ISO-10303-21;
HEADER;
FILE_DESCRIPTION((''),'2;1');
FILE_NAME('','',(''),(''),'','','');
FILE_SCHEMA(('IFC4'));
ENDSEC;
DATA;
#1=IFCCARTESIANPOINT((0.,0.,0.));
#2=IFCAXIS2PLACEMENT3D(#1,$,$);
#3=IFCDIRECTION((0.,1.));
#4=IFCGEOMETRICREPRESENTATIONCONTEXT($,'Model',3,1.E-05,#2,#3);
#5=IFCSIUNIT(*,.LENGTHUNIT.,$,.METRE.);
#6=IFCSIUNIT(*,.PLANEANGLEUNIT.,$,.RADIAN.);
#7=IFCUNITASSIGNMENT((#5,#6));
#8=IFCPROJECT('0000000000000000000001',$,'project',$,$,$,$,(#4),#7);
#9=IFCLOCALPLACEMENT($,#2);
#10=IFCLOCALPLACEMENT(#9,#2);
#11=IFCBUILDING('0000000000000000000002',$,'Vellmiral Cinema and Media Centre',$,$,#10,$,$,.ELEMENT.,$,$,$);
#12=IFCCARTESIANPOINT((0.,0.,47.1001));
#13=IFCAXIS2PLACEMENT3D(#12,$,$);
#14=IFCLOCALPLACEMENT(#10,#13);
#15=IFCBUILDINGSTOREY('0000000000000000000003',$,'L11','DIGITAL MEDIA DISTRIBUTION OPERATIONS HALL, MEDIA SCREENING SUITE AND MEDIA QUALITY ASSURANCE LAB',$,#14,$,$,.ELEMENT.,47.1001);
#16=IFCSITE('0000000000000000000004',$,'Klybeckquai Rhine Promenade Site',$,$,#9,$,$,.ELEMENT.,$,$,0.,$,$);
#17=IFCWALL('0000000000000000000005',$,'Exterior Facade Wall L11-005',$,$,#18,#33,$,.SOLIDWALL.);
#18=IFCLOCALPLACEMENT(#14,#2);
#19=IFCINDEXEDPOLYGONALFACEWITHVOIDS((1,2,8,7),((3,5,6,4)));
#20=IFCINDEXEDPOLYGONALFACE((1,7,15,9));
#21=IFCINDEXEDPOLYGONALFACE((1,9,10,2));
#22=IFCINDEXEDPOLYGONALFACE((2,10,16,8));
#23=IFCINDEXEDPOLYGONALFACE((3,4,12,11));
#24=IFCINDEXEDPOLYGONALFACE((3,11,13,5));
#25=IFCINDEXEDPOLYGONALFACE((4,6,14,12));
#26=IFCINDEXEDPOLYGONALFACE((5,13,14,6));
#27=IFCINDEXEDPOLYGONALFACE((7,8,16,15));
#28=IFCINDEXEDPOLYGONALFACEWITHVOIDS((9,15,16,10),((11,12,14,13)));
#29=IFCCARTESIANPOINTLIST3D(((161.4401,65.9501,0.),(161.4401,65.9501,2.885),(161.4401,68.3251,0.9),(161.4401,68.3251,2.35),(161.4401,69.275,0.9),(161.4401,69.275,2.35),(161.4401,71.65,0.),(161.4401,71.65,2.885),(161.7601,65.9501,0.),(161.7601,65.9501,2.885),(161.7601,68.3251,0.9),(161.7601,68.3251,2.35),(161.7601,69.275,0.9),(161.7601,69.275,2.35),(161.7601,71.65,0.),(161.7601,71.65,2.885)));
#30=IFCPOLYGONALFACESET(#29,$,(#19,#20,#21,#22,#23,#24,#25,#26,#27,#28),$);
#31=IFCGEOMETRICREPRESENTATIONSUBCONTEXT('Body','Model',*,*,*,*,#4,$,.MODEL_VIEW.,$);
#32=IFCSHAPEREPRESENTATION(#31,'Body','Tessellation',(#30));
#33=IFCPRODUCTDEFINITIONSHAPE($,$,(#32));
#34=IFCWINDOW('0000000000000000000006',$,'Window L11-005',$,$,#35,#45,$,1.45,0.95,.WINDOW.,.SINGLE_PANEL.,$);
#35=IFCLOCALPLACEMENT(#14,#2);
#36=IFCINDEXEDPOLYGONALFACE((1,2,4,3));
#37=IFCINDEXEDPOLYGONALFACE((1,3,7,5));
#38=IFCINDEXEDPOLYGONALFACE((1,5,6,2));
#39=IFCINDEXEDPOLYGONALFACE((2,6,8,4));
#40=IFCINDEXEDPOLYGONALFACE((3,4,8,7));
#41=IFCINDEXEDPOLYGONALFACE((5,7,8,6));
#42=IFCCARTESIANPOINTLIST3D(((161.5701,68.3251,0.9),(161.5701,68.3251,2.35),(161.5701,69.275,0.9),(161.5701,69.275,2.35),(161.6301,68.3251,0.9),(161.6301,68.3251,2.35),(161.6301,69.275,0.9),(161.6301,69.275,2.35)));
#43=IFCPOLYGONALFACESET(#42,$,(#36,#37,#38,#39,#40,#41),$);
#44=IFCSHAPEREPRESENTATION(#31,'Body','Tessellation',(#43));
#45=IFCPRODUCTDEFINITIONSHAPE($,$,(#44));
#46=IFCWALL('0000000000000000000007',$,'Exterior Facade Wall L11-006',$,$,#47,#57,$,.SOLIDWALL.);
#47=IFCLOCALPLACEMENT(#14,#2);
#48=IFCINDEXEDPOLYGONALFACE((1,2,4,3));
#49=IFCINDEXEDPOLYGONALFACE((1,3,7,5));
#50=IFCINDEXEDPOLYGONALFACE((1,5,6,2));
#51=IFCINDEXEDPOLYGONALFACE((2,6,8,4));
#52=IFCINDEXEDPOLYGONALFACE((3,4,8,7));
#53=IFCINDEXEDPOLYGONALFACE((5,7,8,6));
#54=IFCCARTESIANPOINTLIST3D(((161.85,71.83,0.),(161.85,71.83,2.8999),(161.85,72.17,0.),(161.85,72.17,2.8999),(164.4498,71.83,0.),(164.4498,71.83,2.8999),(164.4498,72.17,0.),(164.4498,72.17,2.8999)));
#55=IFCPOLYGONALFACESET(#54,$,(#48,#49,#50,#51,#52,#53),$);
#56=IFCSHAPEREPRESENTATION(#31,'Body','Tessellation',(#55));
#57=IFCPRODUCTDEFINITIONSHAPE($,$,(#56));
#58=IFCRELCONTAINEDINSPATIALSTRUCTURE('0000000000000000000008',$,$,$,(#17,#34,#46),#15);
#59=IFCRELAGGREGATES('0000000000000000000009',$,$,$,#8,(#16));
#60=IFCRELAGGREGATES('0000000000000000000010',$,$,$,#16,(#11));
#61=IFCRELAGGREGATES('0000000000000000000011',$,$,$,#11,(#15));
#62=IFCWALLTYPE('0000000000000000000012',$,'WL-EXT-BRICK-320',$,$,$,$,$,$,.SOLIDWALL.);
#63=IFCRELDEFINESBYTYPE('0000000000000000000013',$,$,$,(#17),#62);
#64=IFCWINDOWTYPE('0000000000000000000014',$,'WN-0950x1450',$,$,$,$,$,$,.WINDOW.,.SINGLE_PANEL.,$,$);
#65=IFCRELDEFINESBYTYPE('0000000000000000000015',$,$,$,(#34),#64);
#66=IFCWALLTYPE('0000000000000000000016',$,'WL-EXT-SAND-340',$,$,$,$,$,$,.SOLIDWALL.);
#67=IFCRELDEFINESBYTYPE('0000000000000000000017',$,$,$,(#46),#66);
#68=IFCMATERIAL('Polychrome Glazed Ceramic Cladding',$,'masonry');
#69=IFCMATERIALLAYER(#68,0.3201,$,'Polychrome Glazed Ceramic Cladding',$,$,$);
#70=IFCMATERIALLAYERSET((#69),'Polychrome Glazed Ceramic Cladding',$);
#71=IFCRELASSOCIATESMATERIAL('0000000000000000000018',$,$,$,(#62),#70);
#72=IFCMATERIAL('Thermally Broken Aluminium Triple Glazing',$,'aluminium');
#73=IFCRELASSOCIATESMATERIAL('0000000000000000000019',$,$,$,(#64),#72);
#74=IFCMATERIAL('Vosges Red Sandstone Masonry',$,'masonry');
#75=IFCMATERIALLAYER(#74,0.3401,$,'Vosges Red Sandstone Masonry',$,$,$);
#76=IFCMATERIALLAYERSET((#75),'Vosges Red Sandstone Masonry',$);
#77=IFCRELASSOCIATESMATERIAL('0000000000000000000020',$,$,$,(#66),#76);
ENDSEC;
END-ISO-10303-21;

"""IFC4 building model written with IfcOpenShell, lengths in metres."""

from ifc_helpers import new_model, si_unit, direction, frame, frame_2d, origin, place, context, subcontext, project, spatial, rectangle, extrude, material, layer, layer_set, type_object, element, fill, save


model = new_model("IFC4")

# Units and contexts
model_context = context("Model", 3, precision=1e-05, world=origin(), true_north=direction((0.0, 1.0)))
body_context = subcontext(model_context, "Body", "Model", "MODEL_VIEW")
ifc_project = project(units=[si_unit("LENGTHUNIT", "METRE"), si_unit("PLANEANGLEUNIT", "RADIAN")], contexts=[model_context])

# Site, building, storey
site_placement = place(None, origin())
site = spatial("IfcSite", under=ifc_project, at=site_placement, Name="Klybeckquai Rhine Promenade Site", CompositionType="ELEMENT", RefElevation=0.0)
building_placement = place(site_placement, origin())
building = spatial("IfcBuilding", under=site, at=building_placement, Name="Vellmiral Cinema and Media Centre", CompositionType="ELEMENT")
storey_placement = place(building_placement, frame((0.0, 0.0, 47.1001)))
storey = spatial("IfcBuildingStorey", under=building, at=storey_placement, Name="L11", Description="DIGITAL MEDIA DISTRIBUTION OPERATIONS HALL, MEDIA SCREENING SUITE AND MEDIA QUALITY ASSURANCE LAB", CompositionType="ELEMENT", Elevation=47.1001)

# Wall, opening, window
ifc_material_1 = material(Name="Polychrome Glazed Ceramic Cladding", Category="masonry")
ifc_layer_1 = layer(ifc_material_1, 0.3201, Name="Polychrome Glazed Ceramic Cladding")
ifc_layer_set_1 = layer_set([ifc_layer_1], Name="Polychrome Glazed Ceramic Cladding")
wall_type_1 = type_object("IfcWallType", Name="WL-EXT-BRICK-320", PredefinedType="SOLIDWALL", material=ifc_layer_set_1)
wall_1_placement = place(storey_placement, frame((161.6001, 65.95, 0.0), z_axis=(0.0, 0.0, 1.0), x_axis=(0.0, 1.0, 0.0)))
wall_1 = element("IfcWall", 1, at=wall_1_placement, inside=storey, type_object=wall_type_1, Name="Exterior Facade Wall L11-005", PredefinedType="SOLIDWALL", context=body_context, shape_type="SweptSolid", body=[
    extrude(rectangle(XDim=5.7, YDim=0.3201, at=frame_2d((2.8501, 0.0))), origin(), (0.0, 0.0, 1.0), 2.885),
])
opening_placement = place(wall_1_placement, frame((2.375, 0.0, 0.8999)))
opening = element("IfcOpeningElement", 2, at=opening_placement, cuts=wall_1, PredefinedType="OPENING", context=body_context, shape_type="SweptSolid", body=[
    extrude(rectangle(XDim=0.95, YDim=1.45, at=frame_2d((0.4751, 0.7251))), frame((0.0, 0.1719, 0.0), z_axis=(0.0, -1.0, 0.0), x_axis=(1.0, 0.0, 0.0)), (0.0, 0.0, 1.0), 0.344),
])
ifc_material_2 = material(Name="Thermally Broken Aluminium Triple Glazing", Category="aluminium")
window_type = type_object("IfcWindowType", Name="WN-0950x1450", PartitioningType="SINGLE_PANEL", PredefinedType="WINDOW", material=ifc_material_2)
window_placement = place(opening_placement, origin())
window = element("IfcWindow", 3, at=window_placement, inside=storey, type_object=window_type, Name="Window L11-005", OverallHeight=1.45, OverallWidth=0.95, PartitioningType="SINGLE_PANEL", PredefinedType="WINDOW", context=body_context, shape_type="SweptSolid", body=[
    extrude(rectangle(XDim=0.95, YDim=1.45, at=frame_2d((0.4751, 0.7251))), frame((0.0, 0.03, 0.0), z_axis=(0.0, -1.0, 0.0), x_axis=(1.0, 0.0, 0.0)), (0.0, 0.0, 1.0), 0.0601),
])
fill(opening, window)

# Wall
ifc_material_3 = material(Name="Vosges Red Sandstone Masonry", Category="masonry")
ifc_layer_2 = layer(ifc_material_3, 0.3401, Name="Vosges Red Sandstone Masonry")
ifc_layer_set_2 = layer_set([ifc_layer_2], Name="Vosges Red Sandstone Masonry")
wall_type_2 = type_object("IfcWallType", Name="WL-EXT-SAND-340", PredefinedType="SOLIDWALL", material=ifc_layer_set_2)
wall_2_placement = place(storey_placement, frame((161.8501, 72.0, 0.0), z_axis=(0.0, 0.0, 1.0), x_axis=(1.0, 0.0, 0.0)))
element("IfcWall", 4, at=wall_2_placement, inside=storey, type_object=wall_type_2, Name="Exterior Facade Wall L11-006", PredefinedType="SOLIDWALL", context=body_context, shape_type="SweptSolid", body=[
    extrude(rectangle(XDim=2.5999, YDim=0.3401, at=frame_2d((1.2998, 0.0))), origin(), (0.0, 0.0, 1.0), 2.8999),
])

save(model, "model.ifc")
